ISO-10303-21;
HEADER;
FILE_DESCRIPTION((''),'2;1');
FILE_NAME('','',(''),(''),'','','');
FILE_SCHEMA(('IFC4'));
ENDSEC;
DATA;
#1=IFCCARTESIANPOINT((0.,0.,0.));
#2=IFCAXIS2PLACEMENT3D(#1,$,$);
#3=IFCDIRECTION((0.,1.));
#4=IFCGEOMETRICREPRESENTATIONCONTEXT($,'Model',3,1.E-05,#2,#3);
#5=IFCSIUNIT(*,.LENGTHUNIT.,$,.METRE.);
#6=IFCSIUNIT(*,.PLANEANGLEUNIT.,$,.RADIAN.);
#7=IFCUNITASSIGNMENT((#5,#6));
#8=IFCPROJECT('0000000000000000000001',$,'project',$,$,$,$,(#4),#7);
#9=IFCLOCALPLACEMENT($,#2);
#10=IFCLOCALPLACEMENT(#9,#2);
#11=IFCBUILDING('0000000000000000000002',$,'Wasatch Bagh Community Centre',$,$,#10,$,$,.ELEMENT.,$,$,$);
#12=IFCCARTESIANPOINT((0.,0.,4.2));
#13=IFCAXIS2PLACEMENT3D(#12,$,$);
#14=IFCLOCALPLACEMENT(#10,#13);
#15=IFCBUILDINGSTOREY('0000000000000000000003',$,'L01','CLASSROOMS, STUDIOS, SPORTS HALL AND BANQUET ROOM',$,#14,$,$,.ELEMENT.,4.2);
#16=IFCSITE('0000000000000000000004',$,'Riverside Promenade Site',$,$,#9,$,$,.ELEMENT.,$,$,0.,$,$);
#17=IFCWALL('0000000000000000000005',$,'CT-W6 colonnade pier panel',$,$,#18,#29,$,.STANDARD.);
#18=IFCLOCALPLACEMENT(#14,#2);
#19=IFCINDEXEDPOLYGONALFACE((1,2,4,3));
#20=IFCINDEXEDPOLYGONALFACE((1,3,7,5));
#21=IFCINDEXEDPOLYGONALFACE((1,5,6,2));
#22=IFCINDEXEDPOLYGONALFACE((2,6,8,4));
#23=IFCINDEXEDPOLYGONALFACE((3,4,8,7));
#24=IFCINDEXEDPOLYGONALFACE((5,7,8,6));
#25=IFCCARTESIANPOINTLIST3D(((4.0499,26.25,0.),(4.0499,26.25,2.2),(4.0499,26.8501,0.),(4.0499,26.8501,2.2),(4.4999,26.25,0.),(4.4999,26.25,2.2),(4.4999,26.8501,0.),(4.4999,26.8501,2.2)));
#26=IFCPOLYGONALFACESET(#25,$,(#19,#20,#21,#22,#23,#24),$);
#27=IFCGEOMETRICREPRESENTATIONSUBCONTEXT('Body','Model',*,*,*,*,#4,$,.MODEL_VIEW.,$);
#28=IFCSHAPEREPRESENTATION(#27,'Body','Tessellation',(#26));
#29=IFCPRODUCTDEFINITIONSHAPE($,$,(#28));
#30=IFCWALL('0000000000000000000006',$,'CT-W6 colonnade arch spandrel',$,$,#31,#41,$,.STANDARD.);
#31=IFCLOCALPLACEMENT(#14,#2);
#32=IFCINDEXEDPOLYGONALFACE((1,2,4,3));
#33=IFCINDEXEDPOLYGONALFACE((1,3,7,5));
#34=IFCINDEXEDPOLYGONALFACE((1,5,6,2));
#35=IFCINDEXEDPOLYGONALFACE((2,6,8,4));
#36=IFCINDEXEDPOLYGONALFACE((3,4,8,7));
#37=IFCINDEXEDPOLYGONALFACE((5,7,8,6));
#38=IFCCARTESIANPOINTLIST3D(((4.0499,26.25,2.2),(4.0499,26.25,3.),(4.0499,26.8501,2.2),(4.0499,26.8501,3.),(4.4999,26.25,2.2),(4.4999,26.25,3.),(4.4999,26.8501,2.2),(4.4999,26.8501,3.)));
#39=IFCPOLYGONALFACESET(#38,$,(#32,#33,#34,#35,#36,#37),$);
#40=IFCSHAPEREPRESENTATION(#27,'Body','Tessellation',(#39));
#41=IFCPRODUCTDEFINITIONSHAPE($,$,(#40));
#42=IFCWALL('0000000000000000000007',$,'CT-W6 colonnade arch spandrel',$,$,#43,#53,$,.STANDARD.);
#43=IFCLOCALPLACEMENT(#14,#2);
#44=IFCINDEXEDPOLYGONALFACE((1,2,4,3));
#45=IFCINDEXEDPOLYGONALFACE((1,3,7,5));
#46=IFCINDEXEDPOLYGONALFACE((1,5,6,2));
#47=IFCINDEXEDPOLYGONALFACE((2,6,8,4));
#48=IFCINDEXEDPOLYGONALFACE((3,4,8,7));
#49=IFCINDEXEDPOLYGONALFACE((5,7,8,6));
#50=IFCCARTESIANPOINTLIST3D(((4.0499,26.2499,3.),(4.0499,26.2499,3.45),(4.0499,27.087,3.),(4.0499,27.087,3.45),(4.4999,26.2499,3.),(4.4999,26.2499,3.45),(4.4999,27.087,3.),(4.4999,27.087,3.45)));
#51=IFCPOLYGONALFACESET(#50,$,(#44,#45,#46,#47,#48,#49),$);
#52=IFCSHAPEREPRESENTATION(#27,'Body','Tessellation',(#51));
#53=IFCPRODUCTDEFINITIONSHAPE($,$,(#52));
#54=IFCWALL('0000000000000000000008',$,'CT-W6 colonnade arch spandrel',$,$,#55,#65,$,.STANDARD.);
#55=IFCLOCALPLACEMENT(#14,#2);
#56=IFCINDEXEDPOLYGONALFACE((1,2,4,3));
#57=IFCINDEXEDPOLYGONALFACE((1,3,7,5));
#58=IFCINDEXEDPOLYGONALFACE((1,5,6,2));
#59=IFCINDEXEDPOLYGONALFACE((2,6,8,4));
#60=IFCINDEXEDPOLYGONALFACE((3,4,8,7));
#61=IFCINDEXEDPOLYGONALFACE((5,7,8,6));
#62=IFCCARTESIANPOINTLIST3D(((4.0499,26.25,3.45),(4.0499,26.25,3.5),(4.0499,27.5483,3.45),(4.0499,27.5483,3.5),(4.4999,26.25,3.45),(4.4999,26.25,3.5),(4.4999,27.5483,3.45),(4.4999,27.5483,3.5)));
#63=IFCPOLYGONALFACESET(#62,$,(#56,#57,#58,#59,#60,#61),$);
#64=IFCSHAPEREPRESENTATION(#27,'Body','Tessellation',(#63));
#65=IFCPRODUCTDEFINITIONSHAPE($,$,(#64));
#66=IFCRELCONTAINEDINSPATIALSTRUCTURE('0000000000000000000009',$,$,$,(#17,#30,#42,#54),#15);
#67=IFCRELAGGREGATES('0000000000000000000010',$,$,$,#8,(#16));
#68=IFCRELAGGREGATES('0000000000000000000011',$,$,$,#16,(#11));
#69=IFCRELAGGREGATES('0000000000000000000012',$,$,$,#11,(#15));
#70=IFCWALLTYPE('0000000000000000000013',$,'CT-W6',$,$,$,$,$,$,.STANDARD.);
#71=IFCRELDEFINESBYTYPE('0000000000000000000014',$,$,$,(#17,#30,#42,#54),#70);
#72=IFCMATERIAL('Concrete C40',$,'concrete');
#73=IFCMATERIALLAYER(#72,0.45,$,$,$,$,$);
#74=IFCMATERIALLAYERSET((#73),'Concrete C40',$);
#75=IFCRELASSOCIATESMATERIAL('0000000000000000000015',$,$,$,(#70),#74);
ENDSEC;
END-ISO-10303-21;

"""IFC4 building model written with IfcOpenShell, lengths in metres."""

from ifc_helpers import new_model, si_unit, direction, frame, frame_2d, origin, place, context, subcontext, project, spatial, rectangle, extrude, material, layer, layer_set, type_object, element, save


model = new_model("IFC4")

# Units and contexts
model_context = context("Model", 3, precision=1e-05, world=origin(), true_north=direction((0.0, 1.0)))
body_context = subcontext(model_context, "Body", "Model", "MODEL_VIEW")
ifc_project = project(units=[si_unit("LENGTHUNIT", "METRE"), si_unit("PLANEANGLEUNIT", "RADIAN")], contexts=[model_context])

# Site, building, storey
site_placement = place(None, origin())
site = spatial("IfcSite", under=ifc_project, at=site_placement, Name="Riverside Promenade Site", CompositionType="ELEMENT", RefElevation=0.0)
building_placement = place(site_placement, origin())
building = spatial("IfcBuilding", under=site, at=building_placement, Name="Wasatch Bagh Community Centre", CompositionType="ELEMENT")
storey_placement = place(building_placement, frame((0.0, 0.0, 4.2)))
storey = spatial("IfcBuildingStorey", under=building, at=storey_placement, Name="L01", Description="CLASSROOMS, STUDIOS, SPORTS HALL AND BANQUET ROOM", CompositionType="ELEMENT", Elevation=4.2)

# Shared definitions
ifc_material_1 = material(Name="Concrete C40", Category="concrete")

# Walls
ifc_layer_1 = layer(ifc_material_1, 0.45)
ifc_layer_set_1 = layer_set([ifc_layer_1], Name="Concrete C40")
wall_type_1 = type_object("IfcWallType", Name="CT-W6", PredefinedType="STANDARD", material=ifc_layer_set_1)
wall_1_placement = place(storey_placement, frame((4.2749, 26.25, 0.0), z_axis=(0.0, 0.0, 1.0), x_axis=(0.0, 1.0, 0.0)))
element("IfcWall", 1, at=wall_1_placement, inside=storey, type_object=wall_type_1, Name="CT-W6 colonnade pier panel", PredefinedType="STANDARD", context=body_context, shape_type="SweptSolid", body=[
    extrude(rectangle(XDim=0.6001, YDim=0.45, at=frame_2d((0.3, 0.0))), origin(), (0.0, 0.0, 1.0), 2.2),
])
wall_2_placement = place(storey_placement, frame((4.2749, 26.25, 2.2), z_axis=(0.0, 0.0, 1.0), x_axis=(0.0, 1.0, 0.0)))
element("IfcWall", 2, at=wall_2_placement, inside=storey, type_object=wall_type_1, Name="CT-W6 colonnade arch spandrel", PredefinedType="STANDARD", context=body_context, shape_type="SweptSolid", body=[
    extrude(rectangle(XDim=0.6001, YDim=0.45, at=frame_2d((0.3, 0.0))), origin(), (0.0, 0.0, 1.0), 0.8),
])
wall_3_placement = place(storey_placement, frame((4.2749, 26.25, 3.0), z_axis=(0.0, 0.0, 1.0), x_axis=(0.0, 1.0, 0.0)))
element("IfcWall", 3, at=wall_3_placement, inside=storey, type_object=wall_type_1, Name="CT-W6 colonnade arch spandrel", PredefinedType="STANDARD", context=body_context, shape_type="SweptSolid", body=[
    extrude(rectangle(XDim=0.8372, YDim=0.45, at=frame_2d((0.4185, 0.0))), origin(), (0.0, 0.0, 1.0), 0.45),
])
wall_4_placement = place(storey_placement, frame((4.2749, 26.25, 3.45), z_axis=(0.0, 0.0, 1.0), x_axis=(0.0, 1.0, 0.0)))
element("IfcWall", 4, at=wall_4_placement, inside=storey, type_object=wall_type_1, Name="CT-W6 colonnade arch spandrel", PredefinedType="STANDARD", context=body_context, shape_type="SweptSolid", body=[
    extrude(rectangle(XDim=1.2983, YDim=0.45, at=frame_2d((0.6492, 0.0))), origin(), (0.0, 0.0, 1.0), 0.05),
])

save(model, "model.ifc")
